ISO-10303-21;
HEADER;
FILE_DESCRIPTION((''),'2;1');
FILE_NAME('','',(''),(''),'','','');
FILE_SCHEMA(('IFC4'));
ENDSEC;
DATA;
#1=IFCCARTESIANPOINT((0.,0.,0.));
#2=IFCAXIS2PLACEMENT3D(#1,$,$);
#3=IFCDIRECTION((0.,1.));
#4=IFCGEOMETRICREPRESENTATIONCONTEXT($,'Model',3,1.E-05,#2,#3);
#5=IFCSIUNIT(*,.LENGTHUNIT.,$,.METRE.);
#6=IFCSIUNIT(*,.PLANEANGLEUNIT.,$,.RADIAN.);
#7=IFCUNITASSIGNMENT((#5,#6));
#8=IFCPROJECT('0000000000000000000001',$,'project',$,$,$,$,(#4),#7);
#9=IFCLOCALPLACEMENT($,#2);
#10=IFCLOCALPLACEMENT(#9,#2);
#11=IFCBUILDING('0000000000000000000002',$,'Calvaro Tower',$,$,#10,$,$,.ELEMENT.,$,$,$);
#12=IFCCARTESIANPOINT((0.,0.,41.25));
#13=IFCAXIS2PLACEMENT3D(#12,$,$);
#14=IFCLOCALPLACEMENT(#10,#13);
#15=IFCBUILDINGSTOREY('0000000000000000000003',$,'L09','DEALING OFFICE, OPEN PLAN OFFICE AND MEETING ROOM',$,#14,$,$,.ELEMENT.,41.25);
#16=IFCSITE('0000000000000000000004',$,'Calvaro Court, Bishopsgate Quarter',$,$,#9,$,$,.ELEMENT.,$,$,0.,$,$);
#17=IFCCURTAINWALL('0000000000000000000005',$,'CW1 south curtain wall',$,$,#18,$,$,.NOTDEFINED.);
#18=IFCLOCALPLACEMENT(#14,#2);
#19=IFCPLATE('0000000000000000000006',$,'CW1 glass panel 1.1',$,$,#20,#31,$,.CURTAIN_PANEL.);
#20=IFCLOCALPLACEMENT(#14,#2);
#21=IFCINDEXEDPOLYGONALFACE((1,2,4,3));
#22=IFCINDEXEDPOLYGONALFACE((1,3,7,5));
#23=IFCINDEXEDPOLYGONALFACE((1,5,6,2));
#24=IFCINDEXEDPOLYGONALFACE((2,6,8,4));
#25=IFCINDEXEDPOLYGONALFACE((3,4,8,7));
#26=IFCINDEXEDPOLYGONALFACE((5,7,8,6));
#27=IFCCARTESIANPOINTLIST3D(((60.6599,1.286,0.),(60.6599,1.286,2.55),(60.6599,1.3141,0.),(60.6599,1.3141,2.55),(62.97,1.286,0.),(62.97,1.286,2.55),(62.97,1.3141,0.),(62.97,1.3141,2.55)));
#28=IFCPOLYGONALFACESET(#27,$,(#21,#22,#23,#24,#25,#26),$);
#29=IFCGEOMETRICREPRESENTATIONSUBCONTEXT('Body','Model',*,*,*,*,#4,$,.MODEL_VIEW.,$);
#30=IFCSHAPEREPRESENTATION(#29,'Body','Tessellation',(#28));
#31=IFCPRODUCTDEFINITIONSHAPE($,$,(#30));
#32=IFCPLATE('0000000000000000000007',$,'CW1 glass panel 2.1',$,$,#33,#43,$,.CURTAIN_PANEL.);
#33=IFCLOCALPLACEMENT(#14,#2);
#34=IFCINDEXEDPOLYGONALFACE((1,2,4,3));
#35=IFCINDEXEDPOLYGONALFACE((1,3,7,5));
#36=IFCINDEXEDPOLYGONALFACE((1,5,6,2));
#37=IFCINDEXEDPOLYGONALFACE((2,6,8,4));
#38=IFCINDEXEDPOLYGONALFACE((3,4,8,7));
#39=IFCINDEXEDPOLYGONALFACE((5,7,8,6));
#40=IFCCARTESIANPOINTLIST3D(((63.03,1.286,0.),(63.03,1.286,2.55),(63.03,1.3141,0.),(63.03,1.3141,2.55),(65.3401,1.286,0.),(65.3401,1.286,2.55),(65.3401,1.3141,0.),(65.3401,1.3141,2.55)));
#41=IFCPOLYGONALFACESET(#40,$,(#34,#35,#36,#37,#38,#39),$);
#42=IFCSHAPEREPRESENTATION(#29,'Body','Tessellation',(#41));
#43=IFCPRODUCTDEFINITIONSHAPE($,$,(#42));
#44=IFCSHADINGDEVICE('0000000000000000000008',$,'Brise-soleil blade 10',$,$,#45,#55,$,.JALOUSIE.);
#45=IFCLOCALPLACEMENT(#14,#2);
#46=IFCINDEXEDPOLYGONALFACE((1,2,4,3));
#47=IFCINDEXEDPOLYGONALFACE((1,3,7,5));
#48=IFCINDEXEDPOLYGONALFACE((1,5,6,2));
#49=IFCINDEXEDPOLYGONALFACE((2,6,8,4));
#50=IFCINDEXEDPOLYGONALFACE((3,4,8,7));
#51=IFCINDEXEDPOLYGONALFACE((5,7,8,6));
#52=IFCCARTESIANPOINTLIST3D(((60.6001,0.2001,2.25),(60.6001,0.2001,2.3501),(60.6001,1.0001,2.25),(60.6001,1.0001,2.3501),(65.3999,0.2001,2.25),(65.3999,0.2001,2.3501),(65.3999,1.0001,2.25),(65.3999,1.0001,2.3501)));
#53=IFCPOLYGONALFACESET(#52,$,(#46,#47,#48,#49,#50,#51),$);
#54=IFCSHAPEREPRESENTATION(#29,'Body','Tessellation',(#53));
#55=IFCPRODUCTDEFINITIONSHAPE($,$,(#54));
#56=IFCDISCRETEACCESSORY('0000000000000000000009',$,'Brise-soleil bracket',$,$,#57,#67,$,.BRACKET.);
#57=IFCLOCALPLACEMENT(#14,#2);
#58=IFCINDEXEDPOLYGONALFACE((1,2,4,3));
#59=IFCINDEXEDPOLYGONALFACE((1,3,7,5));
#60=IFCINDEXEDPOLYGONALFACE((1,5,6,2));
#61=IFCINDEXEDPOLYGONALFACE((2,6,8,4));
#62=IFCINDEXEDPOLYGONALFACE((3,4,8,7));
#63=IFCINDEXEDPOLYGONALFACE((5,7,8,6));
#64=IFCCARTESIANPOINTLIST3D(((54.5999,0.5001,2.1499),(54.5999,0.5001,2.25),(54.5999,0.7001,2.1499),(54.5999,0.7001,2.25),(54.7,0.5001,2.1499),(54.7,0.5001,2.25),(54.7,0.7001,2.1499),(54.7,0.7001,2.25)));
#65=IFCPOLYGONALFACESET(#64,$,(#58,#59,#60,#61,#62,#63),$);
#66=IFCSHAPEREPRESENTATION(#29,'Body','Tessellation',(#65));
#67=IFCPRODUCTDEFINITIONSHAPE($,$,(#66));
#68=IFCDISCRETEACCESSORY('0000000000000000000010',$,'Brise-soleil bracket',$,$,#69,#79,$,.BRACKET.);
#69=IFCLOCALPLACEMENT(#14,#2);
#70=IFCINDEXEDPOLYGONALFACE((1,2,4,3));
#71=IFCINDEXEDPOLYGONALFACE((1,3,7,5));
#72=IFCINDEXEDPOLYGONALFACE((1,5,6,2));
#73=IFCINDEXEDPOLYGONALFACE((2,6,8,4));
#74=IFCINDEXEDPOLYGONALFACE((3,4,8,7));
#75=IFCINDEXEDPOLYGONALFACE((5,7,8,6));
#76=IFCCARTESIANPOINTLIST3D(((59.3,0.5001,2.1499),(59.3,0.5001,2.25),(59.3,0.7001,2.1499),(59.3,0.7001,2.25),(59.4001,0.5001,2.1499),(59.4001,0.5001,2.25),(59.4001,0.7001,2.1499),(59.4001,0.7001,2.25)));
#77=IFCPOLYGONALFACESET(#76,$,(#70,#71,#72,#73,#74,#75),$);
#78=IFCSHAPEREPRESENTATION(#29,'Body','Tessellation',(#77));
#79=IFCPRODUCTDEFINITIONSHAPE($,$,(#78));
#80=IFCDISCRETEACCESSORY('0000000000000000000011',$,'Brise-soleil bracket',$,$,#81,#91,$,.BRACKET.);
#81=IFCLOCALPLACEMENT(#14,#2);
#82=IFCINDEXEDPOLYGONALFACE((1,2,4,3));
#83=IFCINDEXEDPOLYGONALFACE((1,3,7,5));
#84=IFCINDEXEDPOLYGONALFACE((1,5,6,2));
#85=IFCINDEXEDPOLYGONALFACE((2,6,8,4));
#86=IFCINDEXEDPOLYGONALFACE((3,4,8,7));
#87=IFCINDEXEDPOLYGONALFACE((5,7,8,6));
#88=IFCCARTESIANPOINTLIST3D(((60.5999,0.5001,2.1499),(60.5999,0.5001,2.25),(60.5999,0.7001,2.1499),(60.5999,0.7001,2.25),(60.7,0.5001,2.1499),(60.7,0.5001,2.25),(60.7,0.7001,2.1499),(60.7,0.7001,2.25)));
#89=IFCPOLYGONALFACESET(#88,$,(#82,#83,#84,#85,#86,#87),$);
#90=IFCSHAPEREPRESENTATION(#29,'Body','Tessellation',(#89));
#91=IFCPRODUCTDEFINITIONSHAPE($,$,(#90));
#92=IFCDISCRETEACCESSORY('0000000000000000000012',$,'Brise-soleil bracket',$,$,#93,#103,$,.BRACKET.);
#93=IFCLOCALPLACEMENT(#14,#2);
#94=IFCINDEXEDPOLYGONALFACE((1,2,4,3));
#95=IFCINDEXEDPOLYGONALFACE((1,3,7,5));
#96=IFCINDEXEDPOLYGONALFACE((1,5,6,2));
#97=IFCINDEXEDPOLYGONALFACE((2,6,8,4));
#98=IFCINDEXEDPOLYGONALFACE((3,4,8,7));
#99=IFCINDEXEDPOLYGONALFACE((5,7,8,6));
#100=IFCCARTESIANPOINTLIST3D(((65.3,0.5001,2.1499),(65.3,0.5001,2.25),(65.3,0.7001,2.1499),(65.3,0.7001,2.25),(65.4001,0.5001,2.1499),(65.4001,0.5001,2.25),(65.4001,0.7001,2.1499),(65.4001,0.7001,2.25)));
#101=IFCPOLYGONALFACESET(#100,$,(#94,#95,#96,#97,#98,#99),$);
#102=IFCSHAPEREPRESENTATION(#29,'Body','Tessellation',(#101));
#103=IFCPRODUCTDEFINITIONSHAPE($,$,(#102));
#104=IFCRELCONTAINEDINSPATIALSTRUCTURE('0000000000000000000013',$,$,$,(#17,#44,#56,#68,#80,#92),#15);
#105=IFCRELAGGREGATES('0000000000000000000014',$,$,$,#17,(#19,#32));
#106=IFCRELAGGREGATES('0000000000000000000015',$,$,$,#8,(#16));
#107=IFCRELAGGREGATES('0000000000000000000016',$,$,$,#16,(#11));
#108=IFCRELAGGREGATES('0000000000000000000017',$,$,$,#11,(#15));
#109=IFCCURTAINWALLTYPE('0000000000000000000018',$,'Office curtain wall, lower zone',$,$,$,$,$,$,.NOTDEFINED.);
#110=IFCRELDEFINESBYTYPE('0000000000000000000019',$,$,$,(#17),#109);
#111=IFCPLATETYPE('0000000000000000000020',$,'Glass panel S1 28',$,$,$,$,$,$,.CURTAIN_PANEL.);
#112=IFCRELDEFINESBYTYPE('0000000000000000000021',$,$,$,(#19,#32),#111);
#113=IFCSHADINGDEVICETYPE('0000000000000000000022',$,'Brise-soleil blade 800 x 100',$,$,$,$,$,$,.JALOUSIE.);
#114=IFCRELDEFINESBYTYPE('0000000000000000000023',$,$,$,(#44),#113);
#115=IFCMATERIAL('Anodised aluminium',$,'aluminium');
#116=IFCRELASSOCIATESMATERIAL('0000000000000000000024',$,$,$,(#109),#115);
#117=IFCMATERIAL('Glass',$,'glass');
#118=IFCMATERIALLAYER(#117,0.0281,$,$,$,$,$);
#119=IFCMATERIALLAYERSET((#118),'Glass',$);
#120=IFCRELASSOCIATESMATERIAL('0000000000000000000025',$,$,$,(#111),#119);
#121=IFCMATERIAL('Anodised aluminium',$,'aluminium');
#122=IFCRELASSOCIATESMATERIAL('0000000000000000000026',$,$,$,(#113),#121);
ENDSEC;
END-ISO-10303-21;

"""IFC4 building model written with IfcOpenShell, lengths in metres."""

from ifc_helpers import new_model, si_unit, direction, frame, origin, origin_2d, place, context, subcontext, project, spatial, rectangle, extrude, material, layer, layer_set, material_profile, profile_set, type_object, element, aggregate, save


model = new_model("IFC4")

# Units and contexts
model_context = context("Model", 3, precision=1e-05, world=origin(), true_north=direction((0.0, 1.0)))
body_context = subcontext(model_context, "Body", "Model", "MODEL_VIEW")
ifc_project = project(units=[si_unit("LENGTHUNIT", "METRE"), si_unit("PLANEANGLEUNIT", "RADIAN")], contexts=[model_context])

# Site, building, storey
site_placement = place(None, origin())
site = spatial("IfcSite", under=ifc_project, at=site_placement, Name="Calvaro Court, Bishopsgate Quarter", CompositionType="ELEMENT", RefElevation=0.0)
building_placement = place(site_placement, origin())
building = spatial("IfcBuilding", under=site, at=building_placement, Name="Calvaro Tower", CompositionType="ELEMENT")
storey_placement = place(building_placement, frame((0.0, 0.0, 41.25)))
storey = spatial("IfcBuildingStorey", under=building, at=storey_placement, Name="L09", Description="DEALING OFFICE, OPEN PLAN OFFICE AND MEETING ROOM", CompositionType="ELEMENT", Elevation=41.25)

# Curtain wall
ifc_material_1 = material(Name="Anodised aluminium", Category="aluminium")
curtain_wall_type = type_object("IfcCurtainWallType", Name="Office curtain wall, lower zone", PredefinedType="NOTDEFINED", material=ifc_material_1)
curtain_wall_1_placement = place(storey_placement, origin())
curtain_wall_1 = element("IfcCurtainWall", 1, at=curtain_wall_1_placement, inside=storey, type_object=curtain_wall_type, Name="CW1 south curtain wall", PredefinedType="NOTDEFINED")

# Plates
ifc_material_2 = material(Name="Glass", Category="glass")
ifc_layer = layer(ifc_material_2, 0.0281)
ifc_layer_set = layer_set([ifc_layer], Name="Glass")
plate_type = type_object("IfcPlateType", Name="Glass panel S1 28", PredefinedType="CURTAIN_PANEL", material=ifc_layer_set)
plate_1_placement = place(storey_placement, frame((61.8149, 1.3, 0.0), z_axis=(0.0, 0.0, 1.0), x_axis=(1.0, 0.0, 0.0)))
plate_1 = element("IfcPlate", 2, at=plate_1_placement, type_object=plate_type, Name="CW1 glass panel 1.1", PredefinedType="CURTAIN_PANEL", context=body_context, shape_type="SweptSolid", body=[
    extrude(rectangle(XDim=2.3101, YDim=0.0281, at=origin_2d()), origin(), (0.0, 0.0, 1.0), 2.55),
])
plate_2_placement = place(storey_placement, frame((64.1851, 1.3, 0.0), z_axis=(0.0, 0.0, 1.0), x_axis=(1.0, 0.0, 0.0)))
plate_2 = element("IfcPlate", 3, at=plate_2_placement, type_object=plate_type, Name="CW1 glass panel 2.1", PredefinedType="CURTAIN_PANEL", context=body_context, shape_type="SweptSolid", body=[
    extrude(rectangle(XDim=2.3101, YDim=0.0281, at=origin_2d()), origin(), (0.0, 0.0, 1.0), 2.55),
])
aggregate(curtain_wall_1, [plate_1, plate_2])

# Shading device
ifc_material_3 = material(Name="Anodised aluminium", Category="aluminium")
ifc_material_profile_1 = material_profile(ifc_material_3, rectangle(XDim=0.8, YDim=0.1001, at=origin_2d()), Name="Brise-soleil blade 800 x 100")
ifc_profile_set_1 = profile_set([ifc_material_profile_1], Name="Anodised aluminium")
shading_device_type = type_object("IfcShadingDeviceType", Name="Brise-soleil blade 800 x 100", PredefinedType="JALOUSIE", material=ifc_profile_set_1)
shading_device_placement = place(storey_placement, frame((60.6001, 0.6001, 2.3), z_axis=(1.0, 0.0, 0.0), x_axis=(0.0, 1.0, 0.0)))
element("IfcShadingDevice", 4, at=shading_device_placement, inside=storey, type_object=shading_device_type, Name="Brise-soleil blade 10", PredefinedType="JALOUSIE", context=body_context, shape_type="SweptSolid", body=[
    extrude(rectangle(XDim=0.8, YDim=0.1001, at=origin_2d()), origin(), (0.0, 0.0, 1.0), 4.7998),
])

# Discrete accessories
for number, where, z_axis, x_axis, name in (
    (5, (54.6499, 0.6001, 2.1499), (0.0, 0.0, 1.0), (1.0, 0.0, 0.0), "Brise-soleil bracket"),
    (6, (59.3501, 0.6001, 2.1499), (0.0, 0.0, 1.0), (1.0, 0.0, 0.0), "Brise-soleil bracket"),
    (7, (60.6499, 0.6001, 2.1499), (0.0, 0.0, 1.0), (1.0, 0.0, 0.0), "Brise-soleil bracket"),
    (8, (65.3501, 0.6001, 2.1499), (0.0, 0.0, 1.0), (1.0, 0.0, 0.0), "Brise-soleil bracket"),
):
    element("IfcDiscreteAccessory", number, at=place(storey_placement, frame(where, z_axis=z_axis, x_axis=x_axis)), inside=storey, Name=name, PredefinedType="BRACKET", context=body_context, shape_type="SweptSolid", body=[
        extrude(rectangle(XDim=0.1001, YDim=0.2, at=origin_2d()), origin(), (0.0, 0.0, 1.0), 0.1001),
    ])

save(model, "model.ifc")
